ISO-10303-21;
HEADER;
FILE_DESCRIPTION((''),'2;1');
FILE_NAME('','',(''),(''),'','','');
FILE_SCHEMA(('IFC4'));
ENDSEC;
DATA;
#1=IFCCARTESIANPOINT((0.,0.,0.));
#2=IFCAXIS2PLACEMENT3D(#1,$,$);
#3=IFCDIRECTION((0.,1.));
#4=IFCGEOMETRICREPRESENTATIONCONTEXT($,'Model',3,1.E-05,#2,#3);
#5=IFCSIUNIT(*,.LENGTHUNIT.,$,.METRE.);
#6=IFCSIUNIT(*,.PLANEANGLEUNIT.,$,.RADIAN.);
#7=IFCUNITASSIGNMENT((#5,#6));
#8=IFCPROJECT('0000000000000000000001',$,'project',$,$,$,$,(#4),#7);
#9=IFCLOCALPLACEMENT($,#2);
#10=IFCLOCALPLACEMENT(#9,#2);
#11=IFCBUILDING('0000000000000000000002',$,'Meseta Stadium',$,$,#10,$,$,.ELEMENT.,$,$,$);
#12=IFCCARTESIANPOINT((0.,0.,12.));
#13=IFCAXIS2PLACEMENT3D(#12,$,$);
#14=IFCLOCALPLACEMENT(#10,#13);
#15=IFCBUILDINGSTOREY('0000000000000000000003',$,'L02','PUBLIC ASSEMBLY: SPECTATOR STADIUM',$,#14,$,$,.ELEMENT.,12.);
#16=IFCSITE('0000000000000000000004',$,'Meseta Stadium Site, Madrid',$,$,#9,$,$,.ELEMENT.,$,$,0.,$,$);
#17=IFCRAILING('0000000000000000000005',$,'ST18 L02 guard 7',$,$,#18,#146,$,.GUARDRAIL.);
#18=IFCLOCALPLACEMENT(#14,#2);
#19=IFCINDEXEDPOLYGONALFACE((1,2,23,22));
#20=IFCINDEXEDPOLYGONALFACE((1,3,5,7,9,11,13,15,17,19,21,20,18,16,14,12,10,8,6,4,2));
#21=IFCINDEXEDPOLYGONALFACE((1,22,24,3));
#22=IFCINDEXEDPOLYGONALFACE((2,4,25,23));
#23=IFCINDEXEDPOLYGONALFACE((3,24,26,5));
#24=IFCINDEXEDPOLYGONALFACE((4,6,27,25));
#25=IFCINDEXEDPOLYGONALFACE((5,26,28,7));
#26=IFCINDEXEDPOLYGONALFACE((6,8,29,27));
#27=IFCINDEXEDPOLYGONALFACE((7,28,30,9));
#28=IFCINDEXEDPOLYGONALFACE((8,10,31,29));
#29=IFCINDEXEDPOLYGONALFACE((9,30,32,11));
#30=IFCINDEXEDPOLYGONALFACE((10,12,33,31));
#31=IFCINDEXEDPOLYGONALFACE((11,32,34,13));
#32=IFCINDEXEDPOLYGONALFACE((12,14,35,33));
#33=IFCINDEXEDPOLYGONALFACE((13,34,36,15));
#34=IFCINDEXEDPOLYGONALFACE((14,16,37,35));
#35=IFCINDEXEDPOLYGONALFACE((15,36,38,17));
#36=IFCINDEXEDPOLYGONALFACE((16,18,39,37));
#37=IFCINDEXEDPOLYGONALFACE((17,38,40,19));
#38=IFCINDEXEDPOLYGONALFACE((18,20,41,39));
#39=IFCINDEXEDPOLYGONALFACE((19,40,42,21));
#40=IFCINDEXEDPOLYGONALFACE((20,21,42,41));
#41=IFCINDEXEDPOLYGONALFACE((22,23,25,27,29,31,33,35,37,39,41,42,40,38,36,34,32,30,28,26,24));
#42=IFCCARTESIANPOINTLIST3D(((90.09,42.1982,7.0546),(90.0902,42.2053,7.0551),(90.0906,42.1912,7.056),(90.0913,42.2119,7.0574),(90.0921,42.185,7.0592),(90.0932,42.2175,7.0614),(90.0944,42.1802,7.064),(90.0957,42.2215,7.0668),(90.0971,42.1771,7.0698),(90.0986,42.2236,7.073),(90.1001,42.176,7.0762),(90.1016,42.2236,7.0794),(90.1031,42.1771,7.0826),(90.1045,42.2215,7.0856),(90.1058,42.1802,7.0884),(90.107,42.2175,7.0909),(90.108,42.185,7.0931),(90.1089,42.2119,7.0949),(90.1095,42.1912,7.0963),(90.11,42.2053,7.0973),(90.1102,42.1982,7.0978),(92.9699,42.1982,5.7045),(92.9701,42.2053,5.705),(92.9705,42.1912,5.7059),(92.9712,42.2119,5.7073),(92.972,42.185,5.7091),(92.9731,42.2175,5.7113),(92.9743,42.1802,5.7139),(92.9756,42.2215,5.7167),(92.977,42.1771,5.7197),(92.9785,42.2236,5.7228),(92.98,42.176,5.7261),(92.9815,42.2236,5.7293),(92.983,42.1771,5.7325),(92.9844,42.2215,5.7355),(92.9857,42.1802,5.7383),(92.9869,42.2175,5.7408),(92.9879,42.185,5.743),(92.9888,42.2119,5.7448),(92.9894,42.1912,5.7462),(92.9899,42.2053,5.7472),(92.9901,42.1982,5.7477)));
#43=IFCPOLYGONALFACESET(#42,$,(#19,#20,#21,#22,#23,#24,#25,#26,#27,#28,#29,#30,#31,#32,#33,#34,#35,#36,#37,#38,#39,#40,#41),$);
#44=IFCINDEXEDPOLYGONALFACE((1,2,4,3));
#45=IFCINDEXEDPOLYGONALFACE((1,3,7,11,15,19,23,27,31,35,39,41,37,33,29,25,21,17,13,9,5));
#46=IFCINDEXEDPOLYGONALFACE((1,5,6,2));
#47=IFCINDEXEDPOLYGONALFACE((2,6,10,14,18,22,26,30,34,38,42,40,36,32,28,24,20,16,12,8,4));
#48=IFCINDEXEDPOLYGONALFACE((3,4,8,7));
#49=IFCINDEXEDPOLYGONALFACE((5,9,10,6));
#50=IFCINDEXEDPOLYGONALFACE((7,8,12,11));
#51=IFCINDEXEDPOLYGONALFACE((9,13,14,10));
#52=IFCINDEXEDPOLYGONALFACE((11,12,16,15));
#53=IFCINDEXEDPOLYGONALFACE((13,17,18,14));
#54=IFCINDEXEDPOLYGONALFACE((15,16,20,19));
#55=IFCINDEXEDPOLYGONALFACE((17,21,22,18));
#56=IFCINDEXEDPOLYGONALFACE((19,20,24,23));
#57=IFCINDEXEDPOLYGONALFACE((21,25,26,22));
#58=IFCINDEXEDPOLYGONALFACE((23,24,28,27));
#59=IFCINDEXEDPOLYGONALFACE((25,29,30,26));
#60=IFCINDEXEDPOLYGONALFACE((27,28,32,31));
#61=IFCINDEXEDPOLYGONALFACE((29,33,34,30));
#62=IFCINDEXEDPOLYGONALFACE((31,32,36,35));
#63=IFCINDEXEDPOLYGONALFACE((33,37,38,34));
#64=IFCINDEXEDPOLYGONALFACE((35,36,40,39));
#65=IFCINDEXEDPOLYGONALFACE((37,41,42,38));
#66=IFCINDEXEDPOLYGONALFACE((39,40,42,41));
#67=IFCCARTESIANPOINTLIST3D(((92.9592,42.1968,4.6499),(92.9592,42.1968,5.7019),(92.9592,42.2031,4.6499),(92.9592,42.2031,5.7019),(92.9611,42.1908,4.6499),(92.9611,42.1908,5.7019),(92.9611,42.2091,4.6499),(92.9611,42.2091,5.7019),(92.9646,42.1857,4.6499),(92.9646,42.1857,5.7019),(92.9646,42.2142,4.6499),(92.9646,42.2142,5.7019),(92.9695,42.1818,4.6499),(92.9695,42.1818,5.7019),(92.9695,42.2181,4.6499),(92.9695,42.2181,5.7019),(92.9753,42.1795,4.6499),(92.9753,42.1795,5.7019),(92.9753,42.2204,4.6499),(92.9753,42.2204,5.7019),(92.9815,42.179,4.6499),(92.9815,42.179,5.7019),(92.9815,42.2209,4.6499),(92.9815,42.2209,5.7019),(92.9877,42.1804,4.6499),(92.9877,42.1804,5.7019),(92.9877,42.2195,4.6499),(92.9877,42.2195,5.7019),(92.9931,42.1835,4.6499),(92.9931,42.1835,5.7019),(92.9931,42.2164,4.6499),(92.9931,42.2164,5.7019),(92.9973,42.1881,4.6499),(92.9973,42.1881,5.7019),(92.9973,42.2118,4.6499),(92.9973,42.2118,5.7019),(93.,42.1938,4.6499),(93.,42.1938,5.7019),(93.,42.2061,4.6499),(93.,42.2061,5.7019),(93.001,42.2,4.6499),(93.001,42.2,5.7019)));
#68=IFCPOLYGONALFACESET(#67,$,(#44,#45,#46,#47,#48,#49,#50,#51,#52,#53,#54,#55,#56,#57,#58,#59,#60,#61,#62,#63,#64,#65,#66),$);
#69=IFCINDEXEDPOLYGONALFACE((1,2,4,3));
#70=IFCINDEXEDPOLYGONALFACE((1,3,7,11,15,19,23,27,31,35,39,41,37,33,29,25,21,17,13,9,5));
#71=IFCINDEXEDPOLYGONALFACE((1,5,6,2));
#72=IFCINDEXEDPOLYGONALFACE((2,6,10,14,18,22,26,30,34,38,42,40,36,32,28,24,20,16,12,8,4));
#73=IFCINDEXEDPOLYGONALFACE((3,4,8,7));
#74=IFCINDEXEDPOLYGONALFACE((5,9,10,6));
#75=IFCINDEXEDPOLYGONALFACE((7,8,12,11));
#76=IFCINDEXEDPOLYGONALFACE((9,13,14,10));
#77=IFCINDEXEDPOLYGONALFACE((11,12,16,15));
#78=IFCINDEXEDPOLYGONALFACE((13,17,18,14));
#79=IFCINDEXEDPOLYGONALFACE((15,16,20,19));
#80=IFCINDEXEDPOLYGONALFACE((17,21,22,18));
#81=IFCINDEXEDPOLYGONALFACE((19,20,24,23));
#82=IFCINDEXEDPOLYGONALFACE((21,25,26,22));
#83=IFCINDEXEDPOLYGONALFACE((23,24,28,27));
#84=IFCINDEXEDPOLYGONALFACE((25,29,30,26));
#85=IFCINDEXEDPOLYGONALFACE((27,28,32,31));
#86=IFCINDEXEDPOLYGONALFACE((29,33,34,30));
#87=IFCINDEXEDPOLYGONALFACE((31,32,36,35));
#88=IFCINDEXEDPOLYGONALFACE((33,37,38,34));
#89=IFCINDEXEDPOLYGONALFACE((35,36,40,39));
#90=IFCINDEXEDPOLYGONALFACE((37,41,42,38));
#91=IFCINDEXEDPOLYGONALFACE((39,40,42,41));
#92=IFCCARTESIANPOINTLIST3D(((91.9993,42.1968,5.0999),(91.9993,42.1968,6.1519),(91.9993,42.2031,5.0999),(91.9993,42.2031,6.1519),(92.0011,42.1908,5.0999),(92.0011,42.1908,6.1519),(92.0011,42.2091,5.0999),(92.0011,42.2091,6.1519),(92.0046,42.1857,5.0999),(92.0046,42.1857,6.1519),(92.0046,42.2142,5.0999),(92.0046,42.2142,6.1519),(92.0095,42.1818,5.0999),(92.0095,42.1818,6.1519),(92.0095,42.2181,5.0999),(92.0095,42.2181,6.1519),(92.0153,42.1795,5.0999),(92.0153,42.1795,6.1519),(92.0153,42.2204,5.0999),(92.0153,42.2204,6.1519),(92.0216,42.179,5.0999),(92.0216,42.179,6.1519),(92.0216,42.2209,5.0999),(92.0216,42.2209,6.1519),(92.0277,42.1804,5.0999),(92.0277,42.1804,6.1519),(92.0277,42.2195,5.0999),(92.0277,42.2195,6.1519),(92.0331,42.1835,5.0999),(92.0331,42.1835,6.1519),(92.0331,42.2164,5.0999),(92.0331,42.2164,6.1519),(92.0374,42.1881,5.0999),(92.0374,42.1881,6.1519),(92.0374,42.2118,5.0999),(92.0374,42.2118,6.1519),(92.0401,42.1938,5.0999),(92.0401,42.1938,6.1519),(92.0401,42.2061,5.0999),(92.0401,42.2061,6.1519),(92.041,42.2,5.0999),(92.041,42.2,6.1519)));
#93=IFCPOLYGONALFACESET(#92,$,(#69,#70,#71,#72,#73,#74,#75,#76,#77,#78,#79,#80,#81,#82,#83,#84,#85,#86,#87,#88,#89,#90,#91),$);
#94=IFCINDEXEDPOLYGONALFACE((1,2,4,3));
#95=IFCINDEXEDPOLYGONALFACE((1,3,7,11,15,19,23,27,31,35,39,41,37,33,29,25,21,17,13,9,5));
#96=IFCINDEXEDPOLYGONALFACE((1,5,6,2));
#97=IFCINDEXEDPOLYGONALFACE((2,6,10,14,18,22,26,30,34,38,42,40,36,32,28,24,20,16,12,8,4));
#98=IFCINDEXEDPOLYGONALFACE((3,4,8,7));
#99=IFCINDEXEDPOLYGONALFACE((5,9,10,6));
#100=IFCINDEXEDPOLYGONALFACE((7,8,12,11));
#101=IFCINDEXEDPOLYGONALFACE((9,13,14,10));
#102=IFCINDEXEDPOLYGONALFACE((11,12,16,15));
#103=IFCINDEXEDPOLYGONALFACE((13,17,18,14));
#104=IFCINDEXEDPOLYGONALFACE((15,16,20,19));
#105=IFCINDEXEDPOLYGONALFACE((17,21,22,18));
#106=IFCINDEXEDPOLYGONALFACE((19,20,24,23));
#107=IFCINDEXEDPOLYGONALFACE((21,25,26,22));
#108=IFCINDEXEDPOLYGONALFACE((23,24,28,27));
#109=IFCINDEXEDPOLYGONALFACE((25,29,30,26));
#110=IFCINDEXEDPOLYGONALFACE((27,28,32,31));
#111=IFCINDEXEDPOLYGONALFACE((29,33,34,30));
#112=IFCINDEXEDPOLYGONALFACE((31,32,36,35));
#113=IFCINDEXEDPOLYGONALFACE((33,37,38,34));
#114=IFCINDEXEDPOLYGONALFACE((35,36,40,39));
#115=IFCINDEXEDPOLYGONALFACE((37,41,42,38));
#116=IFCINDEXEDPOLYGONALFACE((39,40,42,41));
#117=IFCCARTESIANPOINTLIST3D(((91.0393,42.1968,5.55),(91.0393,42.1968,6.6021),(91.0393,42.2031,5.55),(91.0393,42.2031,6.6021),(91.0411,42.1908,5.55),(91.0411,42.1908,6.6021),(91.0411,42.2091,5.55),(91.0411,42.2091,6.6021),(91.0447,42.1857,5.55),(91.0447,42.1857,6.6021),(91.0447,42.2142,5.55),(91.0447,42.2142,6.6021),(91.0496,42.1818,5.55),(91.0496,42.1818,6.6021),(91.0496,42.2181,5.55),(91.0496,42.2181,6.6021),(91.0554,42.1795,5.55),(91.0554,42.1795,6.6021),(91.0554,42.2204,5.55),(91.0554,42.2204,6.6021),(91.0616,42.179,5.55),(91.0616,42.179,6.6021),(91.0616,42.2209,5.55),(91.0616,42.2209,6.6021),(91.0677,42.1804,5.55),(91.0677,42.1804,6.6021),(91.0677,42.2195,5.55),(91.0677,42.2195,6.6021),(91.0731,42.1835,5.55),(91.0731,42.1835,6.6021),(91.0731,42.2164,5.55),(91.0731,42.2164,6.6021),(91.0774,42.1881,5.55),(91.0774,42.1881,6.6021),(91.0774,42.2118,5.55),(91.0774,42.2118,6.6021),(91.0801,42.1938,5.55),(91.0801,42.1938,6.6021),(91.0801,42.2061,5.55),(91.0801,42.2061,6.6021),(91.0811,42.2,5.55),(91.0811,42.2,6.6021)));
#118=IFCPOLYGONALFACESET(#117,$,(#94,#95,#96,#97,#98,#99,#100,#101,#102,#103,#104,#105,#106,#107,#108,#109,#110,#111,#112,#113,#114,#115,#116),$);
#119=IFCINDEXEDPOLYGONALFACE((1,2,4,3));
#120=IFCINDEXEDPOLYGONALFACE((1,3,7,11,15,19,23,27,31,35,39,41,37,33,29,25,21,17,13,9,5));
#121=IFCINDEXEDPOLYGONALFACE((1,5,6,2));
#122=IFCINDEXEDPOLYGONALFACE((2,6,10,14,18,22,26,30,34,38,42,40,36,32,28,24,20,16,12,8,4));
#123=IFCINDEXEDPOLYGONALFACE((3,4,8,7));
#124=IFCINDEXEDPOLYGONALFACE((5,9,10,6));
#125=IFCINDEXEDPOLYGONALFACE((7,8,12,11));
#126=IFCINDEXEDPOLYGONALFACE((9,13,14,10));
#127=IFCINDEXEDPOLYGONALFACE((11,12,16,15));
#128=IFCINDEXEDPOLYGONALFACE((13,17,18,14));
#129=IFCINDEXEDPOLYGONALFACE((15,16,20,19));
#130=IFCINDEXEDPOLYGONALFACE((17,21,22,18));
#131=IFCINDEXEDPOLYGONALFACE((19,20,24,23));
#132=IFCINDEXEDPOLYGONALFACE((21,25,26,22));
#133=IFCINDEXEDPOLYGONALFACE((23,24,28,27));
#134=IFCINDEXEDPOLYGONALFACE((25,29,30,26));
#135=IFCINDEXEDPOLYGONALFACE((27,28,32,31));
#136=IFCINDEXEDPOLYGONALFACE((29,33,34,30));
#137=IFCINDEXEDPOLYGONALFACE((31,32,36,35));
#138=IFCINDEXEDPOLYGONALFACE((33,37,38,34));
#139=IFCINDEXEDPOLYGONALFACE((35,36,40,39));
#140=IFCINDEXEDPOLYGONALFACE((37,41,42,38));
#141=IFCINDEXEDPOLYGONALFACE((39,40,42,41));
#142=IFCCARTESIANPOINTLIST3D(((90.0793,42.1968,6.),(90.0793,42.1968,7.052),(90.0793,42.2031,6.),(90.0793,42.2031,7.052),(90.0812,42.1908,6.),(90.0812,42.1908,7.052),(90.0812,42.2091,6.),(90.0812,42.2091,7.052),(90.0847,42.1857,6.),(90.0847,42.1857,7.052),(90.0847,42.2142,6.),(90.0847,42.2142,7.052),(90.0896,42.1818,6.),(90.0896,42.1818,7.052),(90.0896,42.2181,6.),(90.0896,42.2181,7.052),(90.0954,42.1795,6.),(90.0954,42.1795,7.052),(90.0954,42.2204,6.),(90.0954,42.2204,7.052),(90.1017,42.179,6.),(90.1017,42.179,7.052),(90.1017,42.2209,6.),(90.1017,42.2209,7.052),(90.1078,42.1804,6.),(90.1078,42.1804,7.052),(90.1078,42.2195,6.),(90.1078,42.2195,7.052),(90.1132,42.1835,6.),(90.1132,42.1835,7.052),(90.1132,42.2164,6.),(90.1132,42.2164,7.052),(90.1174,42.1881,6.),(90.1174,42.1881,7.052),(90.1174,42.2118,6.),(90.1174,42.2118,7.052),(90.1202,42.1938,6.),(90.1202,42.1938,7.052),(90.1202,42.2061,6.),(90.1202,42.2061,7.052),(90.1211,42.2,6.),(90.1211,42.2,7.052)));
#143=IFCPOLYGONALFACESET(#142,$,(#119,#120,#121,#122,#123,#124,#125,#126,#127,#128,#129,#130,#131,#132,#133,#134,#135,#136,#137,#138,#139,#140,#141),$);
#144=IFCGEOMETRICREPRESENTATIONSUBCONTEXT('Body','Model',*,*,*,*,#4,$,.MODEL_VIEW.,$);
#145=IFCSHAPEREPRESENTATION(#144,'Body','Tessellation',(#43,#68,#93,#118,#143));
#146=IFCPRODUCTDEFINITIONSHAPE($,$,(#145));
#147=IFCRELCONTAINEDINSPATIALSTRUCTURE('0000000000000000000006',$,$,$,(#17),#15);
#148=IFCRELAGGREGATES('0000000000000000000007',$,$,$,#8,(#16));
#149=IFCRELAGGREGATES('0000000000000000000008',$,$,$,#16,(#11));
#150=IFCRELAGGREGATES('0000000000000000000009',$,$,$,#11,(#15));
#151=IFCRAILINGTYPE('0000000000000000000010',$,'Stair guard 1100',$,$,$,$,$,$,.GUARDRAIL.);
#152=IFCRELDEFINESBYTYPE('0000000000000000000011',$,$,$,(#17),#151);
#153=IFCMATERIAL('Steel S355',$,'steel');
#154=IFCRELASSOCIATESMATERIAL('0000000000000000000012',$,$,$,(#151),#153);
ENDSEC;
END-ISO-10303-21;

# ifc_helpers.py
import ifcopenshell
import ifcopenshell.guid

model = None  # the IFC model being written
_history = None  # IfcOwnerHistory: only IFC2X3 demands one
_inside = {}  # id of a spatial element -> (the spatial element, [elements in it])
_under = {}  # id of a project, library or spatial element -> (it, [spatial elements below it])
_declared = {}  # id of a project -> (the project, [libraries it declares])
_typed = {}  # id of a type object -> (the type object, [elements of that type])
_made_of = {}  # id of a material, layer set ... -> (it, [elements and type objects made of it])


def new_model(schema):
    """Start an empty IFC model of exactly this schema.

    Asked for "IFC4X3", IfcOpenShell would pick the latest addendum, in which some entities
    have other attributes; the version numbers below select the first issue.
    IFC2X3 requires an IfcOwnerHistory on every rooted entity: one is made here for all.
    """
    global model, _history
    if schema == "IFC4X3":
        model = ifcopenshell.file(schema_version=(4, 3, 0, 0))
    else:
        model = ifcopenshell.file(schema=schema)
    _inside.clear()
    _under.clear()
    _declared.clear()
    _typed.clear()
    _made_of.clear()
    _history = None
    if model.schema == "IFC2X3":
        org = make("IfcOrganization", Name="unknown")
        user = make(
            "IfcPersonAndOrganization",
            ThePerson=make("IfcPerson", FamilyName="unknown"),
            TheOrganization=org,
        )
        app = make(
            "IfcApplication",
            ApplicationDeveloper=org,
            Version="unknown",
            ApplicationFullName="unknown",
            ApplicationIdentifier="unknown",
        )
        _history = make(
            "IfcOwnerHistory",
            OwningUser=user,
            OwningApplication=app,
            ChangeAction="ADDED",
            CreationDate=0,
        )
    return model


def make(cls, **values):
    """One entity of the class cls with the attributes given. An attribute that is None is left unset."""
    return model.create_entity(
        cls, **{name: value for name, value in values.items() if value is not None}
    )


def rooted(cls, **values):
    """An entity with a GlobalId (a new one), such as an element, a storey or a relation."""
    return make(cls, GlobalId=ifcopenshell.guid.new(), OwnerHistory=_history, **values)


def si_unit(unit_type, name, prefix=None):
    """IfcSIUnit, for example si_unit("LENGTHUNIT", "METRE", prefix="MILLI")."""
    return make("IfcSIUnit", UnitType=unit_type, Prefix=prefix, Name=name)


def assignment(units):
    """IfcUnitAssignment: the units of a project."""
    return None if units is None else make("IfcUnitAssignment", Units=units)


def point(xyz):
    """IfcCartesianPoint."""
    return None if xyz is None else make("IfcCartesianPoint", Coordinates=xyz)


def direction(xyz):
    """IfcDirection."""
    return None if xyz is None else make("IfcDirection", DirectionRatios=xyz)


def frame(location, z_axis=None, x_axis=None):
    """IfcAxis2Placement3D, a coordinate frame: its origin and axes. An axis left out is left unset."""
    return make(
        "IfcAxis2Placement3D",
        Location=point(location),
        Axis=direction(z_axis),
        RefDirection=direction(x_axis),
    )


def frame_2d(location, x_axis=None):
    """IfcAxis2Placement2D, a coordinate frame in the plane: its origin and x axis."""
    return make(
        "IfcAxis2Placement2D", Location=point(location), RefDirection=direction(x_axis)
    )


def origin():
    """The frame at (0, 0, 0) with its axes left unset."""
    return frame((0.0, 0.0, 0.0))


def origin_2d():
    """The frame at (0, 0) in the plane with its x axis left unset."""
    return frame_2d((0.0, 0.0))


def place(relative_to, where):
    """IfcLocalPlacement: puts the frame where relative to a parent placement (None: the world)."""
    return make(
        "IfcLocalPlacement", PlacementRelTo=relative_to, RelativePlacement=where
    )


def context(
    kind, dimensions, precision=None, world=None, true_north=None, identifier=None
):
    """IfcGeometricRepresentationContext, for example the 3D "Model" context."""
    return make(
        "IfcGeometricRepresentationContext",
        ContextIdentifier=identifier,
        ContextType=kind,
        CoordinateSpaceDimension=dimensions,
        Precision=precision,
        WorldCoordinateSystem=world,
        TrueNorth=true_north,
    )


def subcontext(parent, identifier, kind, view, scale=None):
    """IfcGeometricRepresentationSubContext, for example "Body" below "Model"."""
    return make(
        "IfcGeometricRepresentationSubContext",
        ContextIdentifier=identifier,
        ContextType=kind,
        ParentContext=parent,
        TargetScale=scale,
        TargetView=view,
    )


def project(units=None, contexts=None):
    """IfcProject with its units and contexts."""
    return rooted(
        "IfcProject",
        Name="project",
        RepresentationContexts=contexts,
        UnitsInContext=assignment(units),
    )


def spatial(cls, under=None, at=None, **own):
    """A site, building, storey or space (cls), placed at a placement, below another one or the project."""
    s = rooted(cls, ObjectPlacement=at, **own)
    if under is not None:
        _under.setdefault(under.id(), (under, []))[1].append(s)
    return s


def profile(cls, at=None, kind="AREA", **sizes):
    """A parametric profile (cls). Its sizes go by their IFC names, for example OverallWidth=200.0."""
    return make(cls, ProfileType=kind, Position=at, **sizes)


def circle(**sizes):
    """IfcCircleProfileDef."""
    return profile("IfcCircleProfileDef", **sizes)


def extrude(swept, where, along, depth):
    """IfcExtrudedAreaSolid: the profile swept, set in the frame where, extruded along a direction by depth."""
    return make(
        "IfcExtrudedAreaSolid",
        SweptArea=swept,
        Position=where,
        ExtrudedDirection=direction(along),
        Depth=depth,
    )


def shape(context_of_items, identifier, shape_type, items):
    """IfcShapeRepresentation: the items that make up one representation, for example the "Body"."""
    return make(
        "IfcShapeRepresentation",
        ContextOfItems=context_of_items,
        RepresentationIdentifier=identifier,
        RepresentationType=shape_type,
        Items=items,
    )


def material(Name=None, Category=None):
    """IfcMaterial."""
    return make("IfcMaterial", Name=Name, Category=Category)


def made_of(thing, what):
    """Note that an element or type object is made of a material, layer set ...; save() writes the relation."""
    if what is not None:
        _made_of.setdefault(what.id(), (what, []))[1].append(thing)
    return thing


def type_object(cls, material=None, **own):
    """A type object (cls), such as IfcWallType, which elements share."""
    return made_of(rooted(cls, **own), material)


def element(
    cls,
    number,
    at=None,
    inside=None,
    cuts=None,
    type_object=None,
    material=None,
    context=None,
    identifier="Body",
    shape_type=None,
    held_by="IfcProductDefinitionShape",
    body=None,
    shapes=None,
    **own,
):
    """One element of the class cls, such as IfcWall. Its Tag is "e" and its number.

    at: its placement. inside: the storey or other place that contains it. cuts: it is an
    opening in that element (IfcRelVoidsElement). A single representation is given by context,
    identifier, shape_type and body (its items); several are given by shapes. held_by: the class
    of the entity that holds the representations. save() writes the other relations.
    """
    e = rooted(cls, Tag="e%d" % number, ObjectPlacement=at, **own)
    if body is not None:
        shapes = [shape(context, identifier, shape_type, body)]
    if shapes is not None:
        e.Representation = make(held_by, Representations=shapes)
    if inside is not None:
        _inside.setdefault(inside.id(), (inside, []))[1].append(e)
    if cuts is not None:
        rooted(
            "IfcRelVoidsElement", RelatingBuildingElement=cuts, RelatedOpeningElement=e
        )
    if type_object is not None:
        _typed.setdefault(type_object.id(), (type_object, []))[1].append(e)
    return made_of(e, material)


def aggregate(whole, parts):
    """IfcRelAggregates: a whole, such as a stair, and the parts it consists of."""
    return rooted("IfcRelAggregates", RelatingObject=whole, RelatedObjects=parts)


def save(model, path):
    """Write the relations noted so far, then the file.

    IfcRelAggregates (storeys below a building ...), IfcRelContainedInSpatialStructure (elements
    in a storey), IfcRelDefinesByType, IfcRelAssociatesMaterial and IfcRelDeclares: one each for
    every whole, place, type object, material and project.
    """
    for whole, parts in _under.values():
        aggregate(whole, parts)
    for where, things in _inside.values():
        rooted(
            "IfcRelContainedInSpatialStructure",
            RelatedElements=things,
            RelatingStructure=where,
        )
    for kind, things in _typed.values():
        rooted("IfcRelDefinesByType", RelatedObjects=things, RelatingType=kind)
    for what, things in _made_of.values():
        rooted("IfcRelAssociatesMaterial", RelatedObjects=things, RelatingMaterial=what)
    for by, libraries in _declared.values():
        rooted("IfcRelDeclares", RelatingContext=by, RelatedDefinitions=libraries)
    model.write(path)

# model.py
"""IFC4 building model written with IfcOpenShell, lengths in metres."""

from ifc_helpers import new_model, si_unit, direction, frame, origin, origin_2d, place, context, subcontext, project, spatial, circle, extrude, material, type_object, element, save


model = new_model("IFC4")

# Units and contexts
model_context = context("Model", 3, precision=1e-05, world=origin(), true_north=direction((0.0, 1.0)))
body_context = subcontext(model_context, "Body", "Model", "MODEL_VIEW")
ifc_project = project(units=[si_unit("LENGTHUNIT", "METRE"), si_unit("PLANEANGLEUNIT", "RADIAN")], contexts=[model_context])

# Site, building, storey
site_placement = place(None, origin())
site = spatial("IfcSite", under=ifc_project, at=site_placement, Name="Meseta Stadium Site, Madrid", CompositionType="ELEMENT", RefElevation=0.0)
building_placement = place(site_placement, origin())
building = spatial("IfcBuilding", under=site, at=building_placement, Name="Meseta Stadium", CompositionType="ELEMENT")
storey_placement = place(building_placement, frame((0.0, 0.0, 12.0)))
storey = spatial("IfcBuildingStorey", under=building, at=storey_placement, Name="L02", Description="PUBLIC ASSEMBLY: SPECTATOR STADIUM", CompositionType="ELEMENT", Elevation=12.0)

# Railing
ifc_material_1 = material(Name="Steel S355", Category="steel")
railing_type_1 = type_object("IfcRailingType", Name="Stair guard 1100", PredefinedType="GUARDRAIL", material=ifc_material_1)
railing_1_placement = place(storey_placement, frame((92.98, 42.2, 4.6499)))
element("IfcRailing", 1, at=railing_1_placement, inside=storey, type_object=railing_type_1, Name="ST18 L02 guard 7", PredefinedType="GUARDRAIL", context=body_context, shape_type="SweptSolid", body=[
    extrude(circle(Radius=0.0239, at=origin_2d()), frame((0.0, 0.0, 1.0762), z_axis=(-0.90544, 0.0, 0.424473), x_axis=(0.0, -1.0, 0.0)), (0.0, 0.0, 1.0), 3.1807),
    extrude(circle(Radius=0.021, at=origin_2d()), origin(), (0.0, 0.0, 1.0), 1.052),
    extrude(circle(Radius=0.021, at=origin_2d()), frame((-0.96, 0.0, 0.45)), (0.0, 0.0, 1.0), 1.052),
    extrude(circle(Radius=0.021, at=origin_2d()), frame((-1.9199, 0.0, 0.9001)), (0.0, 0.0, 1.0), 1.052),
    extrude(circle(Radius=0.021, at=origin_2d()), frame((-2.8799, 0.0, 1.3501)), (0.0, 0.0, 1.0), 1.052),
])

save(model, "model.ifc")
